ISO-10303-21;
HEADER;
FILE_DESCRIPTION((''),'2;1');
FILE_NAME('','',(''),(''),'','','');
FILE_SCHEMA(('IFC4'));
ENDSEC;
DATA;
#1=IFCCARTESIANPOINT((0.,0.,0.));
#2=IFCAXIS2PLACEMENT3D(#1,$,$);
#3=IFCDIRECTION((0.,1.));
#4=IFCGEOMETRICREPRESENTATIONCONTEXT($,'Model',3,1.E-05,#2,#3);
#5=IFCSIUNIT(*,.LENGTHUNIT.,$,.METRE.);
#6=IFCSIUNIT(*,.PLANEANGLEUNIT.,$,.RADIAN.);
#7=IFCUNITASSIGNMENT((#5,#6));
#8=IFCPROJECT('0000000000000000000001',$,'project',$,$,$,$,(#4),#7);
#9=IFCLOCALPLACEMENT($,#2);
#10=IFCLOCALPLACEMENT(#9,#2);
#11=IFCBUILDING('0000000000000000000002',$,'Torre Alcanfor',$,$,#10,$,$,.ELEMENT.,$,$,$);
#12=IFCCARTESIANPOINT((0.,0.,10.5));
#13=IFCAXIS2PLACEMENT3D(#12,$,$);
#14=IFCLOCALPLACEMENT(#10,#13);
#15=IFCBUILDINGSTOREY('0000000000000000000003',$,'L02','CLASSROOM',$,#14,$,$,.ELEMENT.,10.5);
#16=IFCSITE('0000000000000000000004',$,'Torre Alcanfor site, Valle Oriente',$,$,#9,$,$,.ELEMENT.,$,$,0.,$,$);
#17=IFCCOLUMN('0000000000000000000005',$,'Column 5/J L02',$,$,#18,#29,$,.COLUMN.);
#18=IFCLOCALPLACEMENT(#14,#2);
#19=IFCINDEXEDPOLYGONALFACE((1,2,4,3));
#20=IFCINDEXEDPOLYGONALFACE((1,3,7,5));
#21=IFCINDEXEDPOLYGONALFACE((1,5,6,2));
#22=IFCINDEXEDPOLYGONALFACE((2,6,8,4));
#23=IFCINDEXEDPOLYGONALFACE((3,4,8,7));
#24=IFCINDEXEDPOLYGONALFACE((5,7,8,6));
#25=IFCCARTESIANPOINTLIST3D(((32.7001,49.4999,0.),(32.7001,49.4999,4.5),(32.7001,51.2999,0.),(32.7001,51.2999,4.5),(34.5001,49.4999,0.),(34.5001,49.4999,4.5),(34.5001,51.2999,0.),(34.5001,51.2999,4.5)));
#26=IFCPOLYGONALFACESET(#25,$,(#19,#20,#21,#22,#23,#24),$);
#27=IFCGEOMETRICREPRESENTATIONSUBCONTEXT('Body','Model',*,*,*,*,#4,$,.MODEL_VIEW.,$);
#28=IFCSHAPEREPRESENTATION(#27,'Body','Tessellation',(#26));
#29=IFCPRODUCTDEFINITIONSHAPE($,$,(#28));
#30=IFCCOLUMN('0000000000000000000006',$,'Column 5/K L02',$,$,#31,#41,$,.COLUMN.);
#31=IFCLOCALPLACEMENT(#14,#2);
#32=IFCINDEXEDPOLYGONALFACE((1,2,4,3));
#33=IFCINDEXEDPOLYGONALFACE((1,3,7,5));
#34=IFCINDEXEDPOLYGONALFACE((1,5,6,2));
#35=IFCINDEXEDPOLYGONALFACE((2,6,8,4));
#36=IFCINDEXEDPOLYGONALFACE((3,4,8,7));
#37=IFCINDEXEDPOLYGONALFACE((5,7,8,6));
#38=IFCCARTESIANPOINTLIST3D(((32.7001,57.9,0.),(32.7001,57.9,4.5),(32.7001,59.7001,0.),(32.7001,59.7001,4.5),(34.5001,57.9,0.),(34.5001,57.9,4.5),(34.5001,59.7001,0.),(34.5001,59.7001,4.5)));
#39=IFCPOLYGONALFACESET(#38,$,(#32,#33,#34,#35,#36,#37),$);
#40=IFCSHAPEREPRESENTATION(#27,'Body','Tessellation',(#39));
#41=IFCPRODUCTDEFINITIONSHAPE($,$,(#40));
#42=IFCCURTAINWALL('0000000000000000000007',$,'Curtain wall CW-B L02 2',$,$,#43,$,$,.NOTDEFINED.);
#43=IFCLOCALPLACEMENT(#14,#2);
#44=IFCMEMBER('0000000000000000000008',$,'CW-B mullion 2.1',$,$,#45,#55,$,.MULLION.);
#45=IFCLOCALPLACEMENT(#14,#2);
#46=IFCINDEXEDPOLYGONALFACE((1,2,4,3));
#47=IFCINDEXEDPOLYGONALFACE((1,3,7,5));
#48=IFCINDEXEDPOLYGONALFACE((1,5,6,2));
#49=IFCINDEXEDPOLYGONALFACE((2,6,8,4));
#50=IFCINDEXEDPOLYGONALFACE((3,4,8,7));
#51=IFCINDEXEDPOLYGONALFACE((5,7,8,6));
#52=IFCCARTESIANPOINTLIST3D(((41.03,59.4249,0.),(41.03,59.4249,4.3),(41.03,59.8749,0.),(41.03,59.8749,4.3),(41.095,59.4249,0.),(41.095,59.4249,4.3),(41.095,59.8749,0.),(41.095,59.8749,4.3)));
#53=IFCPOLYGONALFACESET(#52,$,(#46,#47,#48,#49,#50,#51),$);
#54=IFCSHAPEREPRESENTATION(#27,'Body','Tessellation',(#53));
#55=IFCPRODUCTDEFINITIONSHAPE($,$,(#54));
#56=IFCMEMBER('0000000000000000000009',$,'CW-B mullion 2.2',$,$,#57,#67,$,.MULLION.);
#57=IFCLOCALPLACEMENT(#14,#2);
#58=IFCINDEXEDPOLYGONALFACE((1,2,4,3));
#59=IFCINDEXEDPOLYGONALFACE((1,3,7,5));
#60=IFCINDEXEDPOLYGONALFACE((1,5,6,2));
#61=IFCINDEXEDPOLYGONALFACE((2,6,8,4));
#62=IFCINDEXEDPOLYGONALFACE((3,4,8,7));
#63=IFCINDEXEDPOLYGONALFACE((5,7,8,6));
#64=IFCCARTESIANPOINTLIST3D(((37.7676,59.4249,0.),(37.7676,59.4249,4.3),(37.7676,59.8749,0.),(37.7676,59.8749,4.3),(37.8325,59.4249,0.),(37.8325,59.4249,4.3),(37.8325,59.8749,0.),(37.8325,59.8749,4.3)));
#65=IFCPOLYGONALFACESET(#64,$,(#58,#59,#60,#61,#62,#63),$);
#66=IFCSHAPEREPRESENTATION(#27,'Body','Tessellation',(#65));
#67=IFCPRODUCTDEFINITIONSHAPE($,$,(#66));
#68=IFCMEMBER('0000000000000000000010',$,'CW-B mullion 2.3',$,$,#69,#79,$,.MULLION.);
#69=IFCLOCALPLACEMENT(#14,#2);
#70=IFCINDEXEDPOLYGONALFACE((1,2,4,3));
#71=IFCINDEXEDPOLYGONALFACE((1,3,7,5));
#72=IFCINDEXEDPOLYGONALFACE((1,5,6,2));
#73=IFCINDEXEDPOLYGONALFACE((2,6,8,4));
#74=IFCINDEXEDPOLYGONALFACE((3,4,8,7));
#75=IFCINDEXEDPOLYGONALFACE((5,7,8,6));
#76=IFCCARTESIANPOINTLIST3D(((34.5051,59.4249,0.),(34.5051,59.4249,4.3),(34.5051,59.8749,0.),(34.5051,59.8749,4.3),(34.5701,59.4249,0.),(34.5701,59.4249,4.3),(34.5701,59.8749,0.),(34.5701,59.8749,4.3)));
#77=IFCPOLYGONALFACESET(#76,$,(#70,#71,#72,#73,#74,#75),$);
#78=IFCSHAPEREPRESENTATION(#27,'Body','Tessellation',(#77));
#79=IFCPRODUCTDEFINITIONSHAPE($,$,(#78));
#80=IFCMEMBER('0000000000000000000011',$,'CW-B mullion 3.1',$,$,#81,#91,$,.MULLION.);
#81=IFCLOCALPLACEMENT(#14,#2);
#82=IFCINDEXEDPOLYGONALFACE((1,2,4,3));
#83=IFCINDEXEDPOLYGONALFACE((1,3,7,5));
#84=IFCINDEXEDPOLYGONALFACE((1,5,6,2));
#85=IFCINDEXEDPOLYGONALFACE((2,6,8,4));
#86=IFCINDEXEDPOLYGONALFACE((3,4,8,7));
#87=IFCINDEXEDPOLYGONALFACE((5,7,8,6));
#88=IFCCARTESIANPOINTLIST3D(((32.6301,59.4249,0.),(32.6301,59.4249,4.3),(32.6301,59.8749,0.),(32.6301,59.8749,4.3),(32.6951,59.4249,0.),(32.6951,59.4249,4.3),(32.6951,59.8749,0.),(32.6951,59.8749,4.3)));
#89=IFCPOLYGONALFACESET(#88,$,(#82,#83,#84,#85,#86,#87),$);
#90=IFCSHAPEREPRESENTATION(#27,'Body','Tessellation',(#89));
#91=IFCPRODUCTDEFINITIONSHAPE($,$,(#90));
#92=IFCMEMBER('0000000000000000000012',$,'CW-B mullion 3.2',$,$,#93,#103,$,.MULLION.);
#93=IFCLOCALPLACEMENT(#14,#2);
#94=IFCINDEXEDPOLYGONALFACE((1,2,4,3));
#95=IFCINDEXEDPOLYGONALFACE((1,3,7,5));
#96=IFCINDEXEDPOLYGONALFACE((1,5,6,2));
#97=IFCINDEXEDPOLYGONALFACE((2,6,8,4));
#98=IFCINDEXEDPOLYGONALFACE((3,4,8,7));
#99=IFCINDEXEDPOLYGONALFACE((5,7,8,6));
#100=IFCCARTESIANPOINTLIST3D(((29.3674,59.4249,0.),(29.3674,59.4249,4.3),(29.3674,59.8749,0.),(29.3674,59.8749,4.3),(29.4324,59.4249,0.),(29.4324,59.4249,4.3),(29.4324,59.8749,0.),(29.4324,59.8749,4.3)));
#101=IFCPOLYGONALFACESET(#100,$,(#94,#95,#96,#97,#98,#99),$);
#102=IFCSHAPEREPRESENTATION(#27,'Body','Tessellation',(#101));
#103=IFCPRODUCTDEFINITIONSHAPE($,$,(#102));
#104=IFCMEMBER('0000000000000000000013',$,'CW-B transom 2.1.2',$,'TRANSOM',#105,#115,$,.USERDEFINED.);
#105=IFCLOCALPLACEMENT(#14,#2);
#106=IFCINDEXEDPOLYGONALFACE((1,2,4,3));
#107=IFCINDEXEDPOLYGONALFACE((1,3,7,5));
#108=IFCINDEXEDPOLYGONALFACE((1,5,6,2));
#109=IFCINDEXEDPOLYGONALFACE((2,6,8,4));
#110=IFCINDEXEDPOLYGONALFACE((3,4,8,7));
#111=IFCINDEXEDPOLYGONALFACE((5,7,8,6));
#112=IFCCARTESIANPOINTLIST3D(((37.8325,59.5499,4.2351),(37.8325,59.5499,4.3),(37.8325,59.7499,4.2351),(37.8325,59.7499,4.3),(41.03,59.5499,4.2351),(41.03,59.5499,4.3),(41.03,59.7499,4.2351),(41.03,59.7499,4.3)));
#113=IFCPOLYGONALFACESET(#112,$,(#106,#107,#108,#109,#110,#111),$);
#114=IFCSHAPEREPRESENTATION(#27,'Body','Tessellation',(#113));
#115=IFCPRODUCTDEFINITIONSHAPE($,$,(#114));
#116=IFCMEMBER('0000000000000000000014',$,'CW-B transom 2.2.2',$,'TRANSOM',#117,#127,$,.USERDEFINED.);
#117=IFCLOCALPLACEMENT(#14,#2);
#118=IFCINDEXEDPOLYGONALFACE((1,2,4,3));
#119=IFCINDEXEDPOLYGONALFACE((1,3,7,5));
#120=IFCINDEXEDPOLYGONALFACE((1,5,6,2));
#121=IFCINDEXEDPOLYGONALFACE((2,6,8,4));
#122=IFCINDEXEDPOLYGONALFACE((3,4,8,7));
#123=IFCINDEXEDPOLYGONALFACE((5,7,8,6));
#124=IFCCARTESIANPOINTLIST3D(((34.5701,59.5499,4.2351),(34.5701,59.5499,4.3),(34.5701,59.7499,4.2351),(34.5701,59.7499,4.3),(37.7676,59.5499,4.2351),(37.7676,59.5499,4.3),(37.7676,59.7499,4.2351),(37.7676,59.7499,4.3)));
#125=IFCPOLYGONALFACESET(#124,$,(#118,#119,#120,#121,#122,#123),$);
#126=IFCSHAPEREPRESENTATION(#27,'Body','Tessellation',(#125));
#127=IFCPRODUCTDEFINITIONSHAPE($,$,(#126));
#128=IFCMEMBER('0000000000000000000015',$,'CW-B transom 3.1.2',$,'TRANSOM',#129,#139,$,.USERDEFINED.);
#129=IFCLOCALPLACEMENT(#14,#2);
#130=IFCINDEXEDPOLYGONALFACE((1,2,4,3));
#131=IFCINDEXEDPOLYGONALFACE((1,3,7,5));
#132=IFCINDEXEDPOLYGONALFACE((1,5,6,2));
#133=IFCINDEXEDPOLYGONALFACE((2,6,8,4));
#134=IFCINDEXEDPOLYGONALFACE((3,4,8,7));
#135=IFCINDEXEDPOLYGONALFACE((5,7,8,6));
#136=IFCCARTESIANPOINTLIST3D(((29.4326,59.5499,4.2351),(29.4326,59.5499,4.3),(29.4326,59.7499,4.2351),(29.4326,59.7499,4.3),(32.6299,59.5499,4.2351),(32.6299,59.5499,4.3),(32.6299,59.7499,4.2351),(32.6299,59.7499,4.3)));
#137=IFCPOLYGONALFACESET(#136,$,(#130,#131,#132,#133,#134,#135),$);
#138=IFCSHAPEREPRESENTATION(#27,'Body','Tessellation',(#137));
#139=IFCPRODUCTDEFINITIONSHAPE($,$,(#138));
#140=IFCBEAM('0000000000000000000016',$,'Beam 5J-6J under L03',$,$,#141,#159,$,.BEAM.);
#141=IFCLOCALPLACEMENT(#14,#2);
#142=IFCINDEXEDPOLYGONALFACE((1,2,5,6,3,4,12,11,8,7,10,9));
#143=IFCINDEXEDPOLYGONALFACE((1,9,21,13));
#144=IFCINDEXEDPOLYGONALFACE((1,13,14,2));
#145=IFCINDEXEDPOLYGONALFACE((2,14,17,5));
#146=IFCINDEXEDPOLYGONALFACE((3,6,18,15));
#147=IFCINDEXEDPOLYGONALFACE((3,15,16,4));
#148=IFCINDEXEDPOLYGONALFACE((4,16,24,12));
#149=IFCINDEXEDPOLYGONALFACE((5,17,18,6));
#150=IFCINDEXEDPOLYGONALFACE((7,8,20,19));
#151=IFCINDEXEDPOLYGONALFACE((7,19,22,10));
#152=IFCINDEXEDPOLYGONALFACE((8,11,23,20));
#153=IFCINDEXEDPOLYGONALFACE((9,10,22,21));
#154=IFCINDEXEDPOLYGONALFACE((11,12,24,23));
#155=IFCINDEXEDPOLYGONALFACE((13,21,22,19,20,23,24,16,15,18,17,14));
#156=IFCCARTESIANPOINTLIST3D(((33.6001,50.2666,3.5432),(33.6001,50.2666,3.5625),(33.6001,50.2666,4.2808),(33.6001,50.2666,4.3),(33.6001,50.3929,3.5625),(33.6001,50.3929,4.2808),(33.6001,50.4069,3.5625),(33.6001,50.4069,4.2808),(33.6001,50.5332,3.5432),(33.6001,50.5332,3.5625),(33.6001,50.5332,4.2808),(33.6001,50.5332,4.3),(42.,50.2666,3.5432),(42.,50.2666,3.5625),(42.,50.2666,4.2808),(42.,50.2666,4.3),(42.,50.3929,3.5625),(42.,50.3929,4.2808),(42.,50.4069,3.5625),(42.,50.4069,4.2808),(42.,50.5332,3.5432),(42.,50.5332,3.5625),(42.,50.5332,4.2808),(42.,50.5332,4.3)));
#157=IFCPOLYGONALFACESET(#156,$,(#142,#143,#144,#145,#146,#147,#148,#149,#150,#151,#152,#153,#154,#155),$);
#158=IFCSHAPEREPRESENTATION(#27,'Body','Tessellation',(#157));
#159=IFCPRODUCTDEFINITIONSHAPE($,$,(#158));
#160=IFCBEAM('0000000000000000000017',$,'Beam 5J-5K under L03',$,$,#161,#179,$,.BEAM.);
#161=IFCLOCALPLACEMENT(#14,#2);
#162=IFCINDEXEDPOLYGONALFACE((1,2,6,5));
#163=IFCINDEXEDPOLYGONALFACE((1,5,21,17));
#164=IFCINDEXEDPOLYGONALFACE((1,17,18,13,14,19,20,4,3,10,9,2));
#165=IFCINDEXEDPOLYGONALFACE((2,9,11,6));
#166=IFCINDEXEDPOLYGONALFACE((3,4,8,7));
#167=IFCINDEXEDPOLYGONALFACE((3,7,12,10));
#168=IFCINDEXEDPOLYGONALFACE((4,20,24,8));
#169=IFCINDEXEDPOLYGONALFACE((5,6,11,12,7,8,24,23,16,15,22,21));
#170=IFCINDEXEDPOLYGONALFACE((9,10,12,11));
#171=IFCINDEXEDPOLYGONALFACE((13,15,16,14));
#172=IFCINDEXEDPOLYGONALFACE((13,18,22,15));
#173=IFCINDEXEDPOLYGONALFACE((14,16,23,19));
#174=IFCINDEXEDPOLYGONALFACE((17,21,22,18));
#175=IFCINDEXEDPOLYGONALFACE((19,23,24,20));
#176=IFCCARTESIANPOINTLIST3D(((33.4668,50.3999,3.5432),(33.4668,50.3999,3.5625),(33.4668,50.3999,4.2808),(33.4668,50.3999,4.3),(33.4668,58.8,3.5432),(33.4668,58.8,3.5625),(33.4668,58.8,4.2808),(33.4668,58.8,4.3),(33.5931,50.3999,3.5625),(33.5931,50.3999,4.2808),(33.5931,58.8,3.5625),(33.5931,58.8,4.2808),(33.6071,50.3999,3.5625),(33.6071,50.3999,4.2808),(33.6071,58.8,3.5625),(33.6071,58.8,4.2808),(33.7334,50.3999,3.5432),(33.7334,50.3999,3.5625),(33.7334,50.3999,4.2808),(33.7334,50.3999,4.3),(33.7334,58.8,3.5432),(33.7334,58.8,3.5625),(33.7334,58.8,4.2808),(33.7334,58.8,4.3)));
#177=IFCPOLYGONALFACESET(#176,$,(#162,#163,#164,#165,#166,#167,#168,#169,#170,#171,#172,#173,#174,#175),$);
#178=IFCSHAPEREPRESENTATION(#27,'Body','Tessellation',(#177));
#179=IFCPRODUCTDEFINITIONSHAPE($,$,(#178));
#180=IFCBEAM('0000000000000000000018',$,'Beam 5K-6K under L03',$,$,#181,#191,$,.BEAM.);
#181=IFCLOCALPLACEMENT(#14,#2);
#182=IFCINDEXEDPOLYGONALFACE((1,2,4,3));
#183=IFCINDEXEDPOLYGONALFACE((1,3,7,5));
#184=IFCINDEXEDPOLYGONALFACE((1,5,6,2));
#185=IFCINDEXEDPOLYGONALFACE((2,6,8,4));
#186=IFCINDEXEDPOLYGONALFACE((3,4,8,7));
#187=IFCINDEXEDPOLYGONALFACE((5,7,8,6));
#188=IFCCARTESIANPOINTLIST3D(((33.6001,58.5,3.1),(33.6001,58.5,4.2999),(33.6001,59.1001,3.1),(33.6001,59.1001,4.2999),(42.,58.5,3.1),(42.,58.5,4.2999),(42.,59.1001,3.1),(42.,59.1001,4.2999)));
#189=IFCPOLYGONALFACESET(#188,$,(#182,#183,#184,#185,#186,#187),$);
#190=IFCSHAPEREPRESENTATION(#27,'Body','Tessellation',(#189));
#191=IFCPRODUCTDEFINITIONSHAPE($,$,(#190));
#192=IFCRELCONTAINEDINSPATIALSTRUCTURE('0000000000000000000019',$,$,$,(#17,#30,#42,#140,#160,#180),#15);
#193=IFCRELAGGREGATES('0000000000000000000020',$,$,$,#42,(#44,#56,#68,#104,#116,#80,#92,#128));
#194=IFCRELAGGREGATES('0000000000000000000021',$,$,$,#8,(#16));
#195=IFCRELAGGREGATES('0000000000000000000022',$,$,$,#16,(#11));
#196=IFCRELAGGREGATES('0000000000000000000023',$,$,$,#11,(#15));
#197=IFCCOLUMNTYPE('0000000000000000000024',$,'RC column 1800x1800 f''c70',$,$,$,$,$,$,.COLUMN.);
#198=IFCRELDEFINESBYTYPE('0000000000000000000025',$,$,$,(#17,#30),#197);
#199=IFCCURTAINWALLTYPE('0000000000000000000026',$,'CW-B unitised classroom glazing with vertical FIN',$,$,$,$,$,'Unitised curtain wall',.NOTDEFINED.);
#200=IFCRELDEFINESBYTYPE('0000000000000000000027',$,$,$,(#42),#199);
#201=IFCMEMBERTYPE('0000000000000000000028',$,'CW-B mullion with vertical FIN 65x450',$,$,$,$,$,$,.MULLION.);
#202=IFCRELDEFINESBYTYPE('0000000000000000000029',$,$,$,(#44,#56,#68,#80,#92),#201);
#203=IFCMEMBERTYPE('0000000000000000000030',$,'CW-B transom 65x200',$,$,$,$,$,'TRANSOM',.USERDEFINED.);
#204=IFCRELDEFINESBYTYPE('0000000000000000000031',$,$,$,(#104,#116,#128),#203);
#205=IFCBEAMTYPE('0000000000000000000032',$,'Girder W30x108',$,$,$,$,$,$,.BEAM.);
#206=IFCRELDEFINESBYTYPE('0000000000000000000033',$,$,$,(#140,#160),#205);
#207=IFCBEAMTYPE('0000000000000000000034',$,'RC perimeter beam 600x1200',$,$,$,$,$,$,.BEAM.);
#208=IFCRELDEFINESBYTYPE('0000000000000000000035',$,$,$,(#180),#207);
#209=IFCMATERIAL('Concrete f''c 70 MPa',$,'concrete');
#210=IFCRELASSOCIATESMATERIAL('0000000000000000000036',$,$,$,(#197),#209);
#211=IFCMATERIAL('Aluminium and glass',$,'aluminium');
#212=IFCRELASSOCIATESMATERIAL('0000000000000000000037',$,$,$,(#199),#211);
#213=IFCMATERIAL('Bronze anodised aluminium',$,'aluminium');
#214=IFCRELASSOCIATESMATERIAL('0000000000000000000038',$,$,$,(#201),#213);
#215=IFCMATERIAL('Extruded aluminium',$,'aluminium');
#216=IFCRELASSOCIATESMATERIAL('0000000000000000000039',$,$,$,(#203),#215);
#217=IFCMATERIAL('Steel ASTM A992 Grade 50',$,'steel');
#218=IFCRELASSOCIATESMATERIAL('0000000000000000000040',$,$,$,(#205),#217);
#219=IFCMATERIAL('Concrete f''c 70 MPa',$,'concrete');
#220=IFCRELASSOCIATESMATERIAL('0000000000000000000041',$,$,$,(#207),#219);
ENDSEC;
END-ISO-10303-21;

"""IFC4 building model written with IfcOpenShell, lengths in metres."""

from ifc_helpers import new_model, si_unit, direction, frame, origin, origin_2d, place, context, subcontext, project, spatial, rectangle, i_section, extrude, material, material_profile, profile_set, type_object, element, aggregate, save


model = new_model("IFC4")

# Units and contexts
model_context = context("Model", 3, precision=1e-05, world=origin(), true_north=direction((0.0, 1.0)))
body_context = subcontext(model_context, "Body", "Model", "MODEL_VIEW")
ifc_project = project(units=[si_unit("LENGTHUNIT", "METRE"), si_unit("PLANEANGLEUNIT", "RADIAN")], contexts=[model_context])

# Site, building, storey
site_placement = place(None, origin())
site = spatial("IfcSite", under=ifc_project, at=site_placement, Name="Torre Alcanfor site, Valle Oriente", CompositionType="ELEMENT", RefElevation=0.0)
building_placement = place(site_placement, origin())
building = spatial("IfcBuilding", under=site, at=building_placement, Name="Torre Alcanfor", CompositionType="ELEMENT")
storey_placement = place(building_placement, frame((0.0, 0.0, 10.5)))
storey = spatial("IfcBuildingStorey", under=building, at=storey_placement, Name="L02", Description="CLASSROOM", CompositionType="ELEMENT", Elevation=10.5)

# Columns
ifc_material_1 = material(Name="Concrete f'c 70 MPa", Category="concrete")
ifc_material_profile_1 = material_profile(ifc_material_1, rectangle(XDim=1.8, YDim=1.8, at=origin_2d()), Name="1800x1800")
ifc_profile_set_1 = profile_set([ifc_material_profile_1], Name="Concrete f'c 70 MPa")
column_type = type_object("IfcColumnType", Name="RC column 1800x1800 f'c70", PredefinedType="COLUMN", material=ifc_profile_set_1)
for number, where, z_axis, x_axis, name in (
    (1, (33.6001, 50.3999, 0.0), (0.0, 0.0, 1.0), (1.0, 0.0, 0.0), "Column 5/J L02"),
    (2, (33.6001, 58.8, 0.0), (0.0, 0.0, 1.0), (1.0, 0.0, 0.0), "Column 5/K L02"),
):
    element("IfcColumn", number, at=place(storey_placement, frame(where, z_axis=z_axis, x_axis=x_axis)), inside=storey, type_object=column_type, Name=name, PredefinedType="COLUMN", context=body_context, shape_type="SweptSolid", body=[
        extrude(rectangle(XDim=1.8, YDim=1.8, at=origin_2d()), origin(), (0.0, 0.0, 1.0), 4.5),
    ])

# Curtain wall, members
ifc_material_2 = material(Name="Aluminium and glass", Category="aluminium")
curtain_wall_type = type_object("IfcCurtainWallType", Name="CW-B unitised classroom glazing with vertical FIN", ElementType="Unitised curtain wall", PredefinedType="NOTDEFINED", material=ifc_material_2)
curtain_wall_placement = place(storey_placement, origin())
curtain_wall = element("IfcCurtainWall", 3, at=curtain_wall_placement, inside=storey, type_object=curtain_wall_type, Name="Curtain wall CW-B L02 2", PredefinedType="NOTDEFINED")
ifc_material_3 = material(Name="Bronze anodised aluminium", Category="aluminium")
ifc_material_profile_2 = material_profile(ifc_material_3, rectangle(XDim=0.45, YDim=0.0649, at=origin_2d()), Name="CW-B mullion 65x450")
ifc_profile_set_2 = profile_set([ifc_material_profile_2], Name="Bronze anodised aluminium")
member_type_1 = type_object("IfcMemberType", Name="CW-B mullion with vertical FIN 65x450", PredefinedType="MULLION", material=ifc_profile_set_2)
member_1_placement = place(storey_placement, frame((41.0625, 59.6499, 0.0), z_axis=(0.0, 0.0, 1.0), x_axis=(0.0, -1.0, 0.0)))
member_1 = element("IfcMember", 4, at=member_1_placement, type_object=member_type_1, Name="CW-B mullion 2.1", PredefinedType="MULLION", context=body_context, shape_type="SweptSolid", body=[
    extrude(rectangle(XDim=0.45, YDim=0.0649, at=origin_2d()), origin(), (0.0, 0.0, 1.0), 4.3),
])
member_2_placement = place(storey_placement, frame((37.8, 59.6499, 0.0), z_axis=(0.0, 0.0, 1.0), x_axis=(0.0, -1.0, 0.0)))
member_2 = element("IfcMember", 5, at=member_2_placement, type_object=member_type_1, Name="CW-B mullion 2.2", PredefinedType="MULLION", context=body_context, shape_type="SweptSolid", body=[
    extrude(rectangle(XDim=0.45, YDim=0.0649, at=origin_2d()), origin(), (0.0, 0.0, 1.0), 4.3),
])
member_3_placement = place(storey_placement, frame((34.5376, 59.6499, 0.0), z_axis=(0.0, 0.0, 1.0), x_axis=(0.0, -1.0, 0.0)))
member_3 = element("IfcMember", 6, at=member_3_placement, type_object=member_type_1, Name="CW-B mullion 2.3", PredefinedType="MULLION", context=body_context, shape_type="SweptSolid", body=[
    extrude(rectangle(XDim=0.45, YDim=0.0649, at=origin_2d()), origin(), (0.0, 0.0, 1.0), 4.3),
])
member_4_placement = place(storey_placement, frame((32.6626, 59.6499, 0.0), z_axis=(0.0, 0.0, 1.0), x_axis=(0.0, -1.0, 0.0)))
member_4 = element("IfcMember", 7, at=member_4_placement, type_object=member_type_1, Name="CW-B mullion 3.1", PredefinedType="MULLION", context=body_context, shape_type="SweptSolid", body=[
    extrude(rectangle(XDim=0.45, YDim=0.0649, at=origin_2d()), origin(), (0.0, 0.0, 1.0), 4.3),
])
member_5_placement = place(storey_placement, frame((29.3999, 59.6499, 0.0), z_axis=(0.0, 0.0, 1.0), x_axis=(0.0, -1.0, 0.0)))
member_5 = element("IfcMember", 8, at=member_5_placement, type_object=member_type_1, Name="CW-B mullion 3.2", PredefinedType="MULLION", context=body_context, shape_type="SweptSolid", body=[
    extrude(rectangle(XDim=0.45, YDim=0.0649, at=origin_2d()), origin(), (0.0, 0.0, 1.0), 4.3),
])
ifc_material_4 = material(Name="Extruded aluminium", Category="aluminium")
ifc_material_profile_3 = material_profile(ifc_material_4, rectangle(XDim=0.2, YDim=0.0649, at=origin_2d()), Name="CW-B transom 200x65")
ifc_profile_set_3 = profile_set([ifc_material_profile_3], Name="Extruded aluminium")
member_type_2 = type_object("IfcMemberType", Name="CW-B transom 65x200", ElementType="TRANSOM", PredefinedType="USERDEFINED", material=ifc_profile_set_3)
member_6_placement = place(storey_placement, frame((41.03, 59.6499, 4.2676), z_axis=(-1.0, 0.0, 0.0), x_axis=(0.0, -1.0, 0.0)))
member_6 = element("IfcMember", 9, at=member_6_placement, type_object=member_type_2, Name="CW-B transom 2.1.2", ObjectType="TRANSOM", PredefinedType="USERDEFINED", context=body_context, shape_type="SweptSolid", body=[
    extrude(rectangle(XDim=0.2, YDim=0.0649, at=origin_2d()), origin(), (0.0, 0.0, 1.0), 3.1975),
])
member_7_placement = place(storey_placement, frame((37.7676, 59.6499, 4.2676), z_axis=(-1.0, 0.0, 0.0), x_axis=(0.0, -1.0, 0.0)))
member_7 = element("IfcMember", 10, at=member_7_placement, type_object=member_type_2, Name="CW-B transom 2.2.2", ObjectType="TRANSOM", PredefinedType="USERDEFINED", context=body_context, shape_type="SweptSolid", body=[
    extrude(rectangle(XDim=0.2, YDim=0.0649, at=origin_2d()), origin(), (0.0, 0.0, 1.0), 3.1975),
])
member_8_placement = place(storey_placement, frame((32.6299, 59.6499, 4.2676), z_axis=(-1.0, 0.0, 0.0), x_axis=(0.0, -1.0, 0.0)))
member_8 = element("IfcMember", 11, at=member_8_placement, type_object=member_type_2, Name="CW-B transom 3.1.2", ObjectType="TRANSOM", PredefinedType="USERDEFINED", context=body_context, shape_type="SweptSolid", body=[
    extrude(rectangle(XDim=0.2, YDim=0.0649, at=origin_2d()), origin(), (0.0, 0.0, 1.0), 3.1973),
])

# Beams
ifc_material_5 = material(Name="Steel ASTM A992 Grade 50", Category="steel")
ifc_material_profile_4 = material_profile(ifc_material_5, i_section(OverallWidth=0.2666, OverallDepth=0.7568, WebThickness=0.0139, FlangeThickness=0.0193, at=origin_2d()), Name="W30x108")
ifc_profile_set_4 = profile_set([ifc_material_profile_4], Name="Steel ASTM A992 Grade 50")
beam_type_1 = type_object("IfcBeamType", Name="Girder W30x108", PredefinedType="BEAM", material=ifc_profile_set_4)
beam_1_placement = place(storey_placement, frame((33.6001, 50.3999, 3.9216), z_axis=(1.0, 0.0, 0.0), x_axis=(0.0, 1.0, 0.0)))
element("IfcBeam", 12, at=beam_1_placement, inside=storey, type_object=beam_type_1, Name="Beam 5J-6J under L03", PredefinedType="BEAM", context=body_context, shape_type="SweptSolid", body=[
    extrude(i_section(OverallWidth=0.2666, OverallDepth=0.7568, WebThickness=0.0139, FlangeThickness=0.0193, at=origin_2d()), origin(), (0.0, 0.0, 1.0), 8.3999),
])
beam_2_placement = place(storey_placement, frame((33.6001, 50.3999, 3.9216), z_axis=(0.0, 1.0, 0.0), x_axis=(-1.0, 0.0, 0.0)))
element("IfcBeam", 13, at=beam_2_placement, inside=storey, type_object=beam_type_1, Name="Beam 5J-5K under L03", PredefinedType="BEAM", context=body_context, shape_type="SweptSolid", body=[
    extrude(i_section(OverallWidth=0.2666, OverallDepth=0.7568, WebThickness=0.0139, FlangeThickness=0.0193, at=origin_2d()), origin(), (0.0, 0.0, 1.0), 8.4001),
])
ifc_material_6 = material(Name="Concrete f'c 70 MPa", Category="concrete")
ifc_material_profile_5 = material_profile(ifc_material_6, rectangle(XDim=0.6001, YDim=1.2, at=origin_2d()), Name="600x1200")
ifc_profile_set_5 = profile_set([ifc_material_profile_5], Name="Concrete f'c 70 MPa")
beam_type_2 = type_object("IfcBeamType", Name="RC perimeter beam 600x1200", PredefinedType="BEAM", material=ifc_profile_set_5)
beam_3_placement = place(storey_placement, frame((33.6001, 58.8, 3.7), z_axis=(1.0, 0.0, 0.0), x_axis=(0.0, 1.0, 0.0)))
element("IfcBeam", 14, at=beam_3_placement, inside=storey, type_object=beam_type_2, Name="Beam 5K-6K under L03", PredefinedType="BEAM", context=body_context, shape_type="SweptSolid", body=[
    extrude(rectangle(XDim=0.6001, YDim=1.2, at=origin_2d()), origin(), (0.0, 0.0, 1.0), 8.3999),
])

aggregate(curtain_wall, [member_1, member_2, member_3, member_6, member_7, member_4, member_5, member_8])

save(model, "model.ifc")
